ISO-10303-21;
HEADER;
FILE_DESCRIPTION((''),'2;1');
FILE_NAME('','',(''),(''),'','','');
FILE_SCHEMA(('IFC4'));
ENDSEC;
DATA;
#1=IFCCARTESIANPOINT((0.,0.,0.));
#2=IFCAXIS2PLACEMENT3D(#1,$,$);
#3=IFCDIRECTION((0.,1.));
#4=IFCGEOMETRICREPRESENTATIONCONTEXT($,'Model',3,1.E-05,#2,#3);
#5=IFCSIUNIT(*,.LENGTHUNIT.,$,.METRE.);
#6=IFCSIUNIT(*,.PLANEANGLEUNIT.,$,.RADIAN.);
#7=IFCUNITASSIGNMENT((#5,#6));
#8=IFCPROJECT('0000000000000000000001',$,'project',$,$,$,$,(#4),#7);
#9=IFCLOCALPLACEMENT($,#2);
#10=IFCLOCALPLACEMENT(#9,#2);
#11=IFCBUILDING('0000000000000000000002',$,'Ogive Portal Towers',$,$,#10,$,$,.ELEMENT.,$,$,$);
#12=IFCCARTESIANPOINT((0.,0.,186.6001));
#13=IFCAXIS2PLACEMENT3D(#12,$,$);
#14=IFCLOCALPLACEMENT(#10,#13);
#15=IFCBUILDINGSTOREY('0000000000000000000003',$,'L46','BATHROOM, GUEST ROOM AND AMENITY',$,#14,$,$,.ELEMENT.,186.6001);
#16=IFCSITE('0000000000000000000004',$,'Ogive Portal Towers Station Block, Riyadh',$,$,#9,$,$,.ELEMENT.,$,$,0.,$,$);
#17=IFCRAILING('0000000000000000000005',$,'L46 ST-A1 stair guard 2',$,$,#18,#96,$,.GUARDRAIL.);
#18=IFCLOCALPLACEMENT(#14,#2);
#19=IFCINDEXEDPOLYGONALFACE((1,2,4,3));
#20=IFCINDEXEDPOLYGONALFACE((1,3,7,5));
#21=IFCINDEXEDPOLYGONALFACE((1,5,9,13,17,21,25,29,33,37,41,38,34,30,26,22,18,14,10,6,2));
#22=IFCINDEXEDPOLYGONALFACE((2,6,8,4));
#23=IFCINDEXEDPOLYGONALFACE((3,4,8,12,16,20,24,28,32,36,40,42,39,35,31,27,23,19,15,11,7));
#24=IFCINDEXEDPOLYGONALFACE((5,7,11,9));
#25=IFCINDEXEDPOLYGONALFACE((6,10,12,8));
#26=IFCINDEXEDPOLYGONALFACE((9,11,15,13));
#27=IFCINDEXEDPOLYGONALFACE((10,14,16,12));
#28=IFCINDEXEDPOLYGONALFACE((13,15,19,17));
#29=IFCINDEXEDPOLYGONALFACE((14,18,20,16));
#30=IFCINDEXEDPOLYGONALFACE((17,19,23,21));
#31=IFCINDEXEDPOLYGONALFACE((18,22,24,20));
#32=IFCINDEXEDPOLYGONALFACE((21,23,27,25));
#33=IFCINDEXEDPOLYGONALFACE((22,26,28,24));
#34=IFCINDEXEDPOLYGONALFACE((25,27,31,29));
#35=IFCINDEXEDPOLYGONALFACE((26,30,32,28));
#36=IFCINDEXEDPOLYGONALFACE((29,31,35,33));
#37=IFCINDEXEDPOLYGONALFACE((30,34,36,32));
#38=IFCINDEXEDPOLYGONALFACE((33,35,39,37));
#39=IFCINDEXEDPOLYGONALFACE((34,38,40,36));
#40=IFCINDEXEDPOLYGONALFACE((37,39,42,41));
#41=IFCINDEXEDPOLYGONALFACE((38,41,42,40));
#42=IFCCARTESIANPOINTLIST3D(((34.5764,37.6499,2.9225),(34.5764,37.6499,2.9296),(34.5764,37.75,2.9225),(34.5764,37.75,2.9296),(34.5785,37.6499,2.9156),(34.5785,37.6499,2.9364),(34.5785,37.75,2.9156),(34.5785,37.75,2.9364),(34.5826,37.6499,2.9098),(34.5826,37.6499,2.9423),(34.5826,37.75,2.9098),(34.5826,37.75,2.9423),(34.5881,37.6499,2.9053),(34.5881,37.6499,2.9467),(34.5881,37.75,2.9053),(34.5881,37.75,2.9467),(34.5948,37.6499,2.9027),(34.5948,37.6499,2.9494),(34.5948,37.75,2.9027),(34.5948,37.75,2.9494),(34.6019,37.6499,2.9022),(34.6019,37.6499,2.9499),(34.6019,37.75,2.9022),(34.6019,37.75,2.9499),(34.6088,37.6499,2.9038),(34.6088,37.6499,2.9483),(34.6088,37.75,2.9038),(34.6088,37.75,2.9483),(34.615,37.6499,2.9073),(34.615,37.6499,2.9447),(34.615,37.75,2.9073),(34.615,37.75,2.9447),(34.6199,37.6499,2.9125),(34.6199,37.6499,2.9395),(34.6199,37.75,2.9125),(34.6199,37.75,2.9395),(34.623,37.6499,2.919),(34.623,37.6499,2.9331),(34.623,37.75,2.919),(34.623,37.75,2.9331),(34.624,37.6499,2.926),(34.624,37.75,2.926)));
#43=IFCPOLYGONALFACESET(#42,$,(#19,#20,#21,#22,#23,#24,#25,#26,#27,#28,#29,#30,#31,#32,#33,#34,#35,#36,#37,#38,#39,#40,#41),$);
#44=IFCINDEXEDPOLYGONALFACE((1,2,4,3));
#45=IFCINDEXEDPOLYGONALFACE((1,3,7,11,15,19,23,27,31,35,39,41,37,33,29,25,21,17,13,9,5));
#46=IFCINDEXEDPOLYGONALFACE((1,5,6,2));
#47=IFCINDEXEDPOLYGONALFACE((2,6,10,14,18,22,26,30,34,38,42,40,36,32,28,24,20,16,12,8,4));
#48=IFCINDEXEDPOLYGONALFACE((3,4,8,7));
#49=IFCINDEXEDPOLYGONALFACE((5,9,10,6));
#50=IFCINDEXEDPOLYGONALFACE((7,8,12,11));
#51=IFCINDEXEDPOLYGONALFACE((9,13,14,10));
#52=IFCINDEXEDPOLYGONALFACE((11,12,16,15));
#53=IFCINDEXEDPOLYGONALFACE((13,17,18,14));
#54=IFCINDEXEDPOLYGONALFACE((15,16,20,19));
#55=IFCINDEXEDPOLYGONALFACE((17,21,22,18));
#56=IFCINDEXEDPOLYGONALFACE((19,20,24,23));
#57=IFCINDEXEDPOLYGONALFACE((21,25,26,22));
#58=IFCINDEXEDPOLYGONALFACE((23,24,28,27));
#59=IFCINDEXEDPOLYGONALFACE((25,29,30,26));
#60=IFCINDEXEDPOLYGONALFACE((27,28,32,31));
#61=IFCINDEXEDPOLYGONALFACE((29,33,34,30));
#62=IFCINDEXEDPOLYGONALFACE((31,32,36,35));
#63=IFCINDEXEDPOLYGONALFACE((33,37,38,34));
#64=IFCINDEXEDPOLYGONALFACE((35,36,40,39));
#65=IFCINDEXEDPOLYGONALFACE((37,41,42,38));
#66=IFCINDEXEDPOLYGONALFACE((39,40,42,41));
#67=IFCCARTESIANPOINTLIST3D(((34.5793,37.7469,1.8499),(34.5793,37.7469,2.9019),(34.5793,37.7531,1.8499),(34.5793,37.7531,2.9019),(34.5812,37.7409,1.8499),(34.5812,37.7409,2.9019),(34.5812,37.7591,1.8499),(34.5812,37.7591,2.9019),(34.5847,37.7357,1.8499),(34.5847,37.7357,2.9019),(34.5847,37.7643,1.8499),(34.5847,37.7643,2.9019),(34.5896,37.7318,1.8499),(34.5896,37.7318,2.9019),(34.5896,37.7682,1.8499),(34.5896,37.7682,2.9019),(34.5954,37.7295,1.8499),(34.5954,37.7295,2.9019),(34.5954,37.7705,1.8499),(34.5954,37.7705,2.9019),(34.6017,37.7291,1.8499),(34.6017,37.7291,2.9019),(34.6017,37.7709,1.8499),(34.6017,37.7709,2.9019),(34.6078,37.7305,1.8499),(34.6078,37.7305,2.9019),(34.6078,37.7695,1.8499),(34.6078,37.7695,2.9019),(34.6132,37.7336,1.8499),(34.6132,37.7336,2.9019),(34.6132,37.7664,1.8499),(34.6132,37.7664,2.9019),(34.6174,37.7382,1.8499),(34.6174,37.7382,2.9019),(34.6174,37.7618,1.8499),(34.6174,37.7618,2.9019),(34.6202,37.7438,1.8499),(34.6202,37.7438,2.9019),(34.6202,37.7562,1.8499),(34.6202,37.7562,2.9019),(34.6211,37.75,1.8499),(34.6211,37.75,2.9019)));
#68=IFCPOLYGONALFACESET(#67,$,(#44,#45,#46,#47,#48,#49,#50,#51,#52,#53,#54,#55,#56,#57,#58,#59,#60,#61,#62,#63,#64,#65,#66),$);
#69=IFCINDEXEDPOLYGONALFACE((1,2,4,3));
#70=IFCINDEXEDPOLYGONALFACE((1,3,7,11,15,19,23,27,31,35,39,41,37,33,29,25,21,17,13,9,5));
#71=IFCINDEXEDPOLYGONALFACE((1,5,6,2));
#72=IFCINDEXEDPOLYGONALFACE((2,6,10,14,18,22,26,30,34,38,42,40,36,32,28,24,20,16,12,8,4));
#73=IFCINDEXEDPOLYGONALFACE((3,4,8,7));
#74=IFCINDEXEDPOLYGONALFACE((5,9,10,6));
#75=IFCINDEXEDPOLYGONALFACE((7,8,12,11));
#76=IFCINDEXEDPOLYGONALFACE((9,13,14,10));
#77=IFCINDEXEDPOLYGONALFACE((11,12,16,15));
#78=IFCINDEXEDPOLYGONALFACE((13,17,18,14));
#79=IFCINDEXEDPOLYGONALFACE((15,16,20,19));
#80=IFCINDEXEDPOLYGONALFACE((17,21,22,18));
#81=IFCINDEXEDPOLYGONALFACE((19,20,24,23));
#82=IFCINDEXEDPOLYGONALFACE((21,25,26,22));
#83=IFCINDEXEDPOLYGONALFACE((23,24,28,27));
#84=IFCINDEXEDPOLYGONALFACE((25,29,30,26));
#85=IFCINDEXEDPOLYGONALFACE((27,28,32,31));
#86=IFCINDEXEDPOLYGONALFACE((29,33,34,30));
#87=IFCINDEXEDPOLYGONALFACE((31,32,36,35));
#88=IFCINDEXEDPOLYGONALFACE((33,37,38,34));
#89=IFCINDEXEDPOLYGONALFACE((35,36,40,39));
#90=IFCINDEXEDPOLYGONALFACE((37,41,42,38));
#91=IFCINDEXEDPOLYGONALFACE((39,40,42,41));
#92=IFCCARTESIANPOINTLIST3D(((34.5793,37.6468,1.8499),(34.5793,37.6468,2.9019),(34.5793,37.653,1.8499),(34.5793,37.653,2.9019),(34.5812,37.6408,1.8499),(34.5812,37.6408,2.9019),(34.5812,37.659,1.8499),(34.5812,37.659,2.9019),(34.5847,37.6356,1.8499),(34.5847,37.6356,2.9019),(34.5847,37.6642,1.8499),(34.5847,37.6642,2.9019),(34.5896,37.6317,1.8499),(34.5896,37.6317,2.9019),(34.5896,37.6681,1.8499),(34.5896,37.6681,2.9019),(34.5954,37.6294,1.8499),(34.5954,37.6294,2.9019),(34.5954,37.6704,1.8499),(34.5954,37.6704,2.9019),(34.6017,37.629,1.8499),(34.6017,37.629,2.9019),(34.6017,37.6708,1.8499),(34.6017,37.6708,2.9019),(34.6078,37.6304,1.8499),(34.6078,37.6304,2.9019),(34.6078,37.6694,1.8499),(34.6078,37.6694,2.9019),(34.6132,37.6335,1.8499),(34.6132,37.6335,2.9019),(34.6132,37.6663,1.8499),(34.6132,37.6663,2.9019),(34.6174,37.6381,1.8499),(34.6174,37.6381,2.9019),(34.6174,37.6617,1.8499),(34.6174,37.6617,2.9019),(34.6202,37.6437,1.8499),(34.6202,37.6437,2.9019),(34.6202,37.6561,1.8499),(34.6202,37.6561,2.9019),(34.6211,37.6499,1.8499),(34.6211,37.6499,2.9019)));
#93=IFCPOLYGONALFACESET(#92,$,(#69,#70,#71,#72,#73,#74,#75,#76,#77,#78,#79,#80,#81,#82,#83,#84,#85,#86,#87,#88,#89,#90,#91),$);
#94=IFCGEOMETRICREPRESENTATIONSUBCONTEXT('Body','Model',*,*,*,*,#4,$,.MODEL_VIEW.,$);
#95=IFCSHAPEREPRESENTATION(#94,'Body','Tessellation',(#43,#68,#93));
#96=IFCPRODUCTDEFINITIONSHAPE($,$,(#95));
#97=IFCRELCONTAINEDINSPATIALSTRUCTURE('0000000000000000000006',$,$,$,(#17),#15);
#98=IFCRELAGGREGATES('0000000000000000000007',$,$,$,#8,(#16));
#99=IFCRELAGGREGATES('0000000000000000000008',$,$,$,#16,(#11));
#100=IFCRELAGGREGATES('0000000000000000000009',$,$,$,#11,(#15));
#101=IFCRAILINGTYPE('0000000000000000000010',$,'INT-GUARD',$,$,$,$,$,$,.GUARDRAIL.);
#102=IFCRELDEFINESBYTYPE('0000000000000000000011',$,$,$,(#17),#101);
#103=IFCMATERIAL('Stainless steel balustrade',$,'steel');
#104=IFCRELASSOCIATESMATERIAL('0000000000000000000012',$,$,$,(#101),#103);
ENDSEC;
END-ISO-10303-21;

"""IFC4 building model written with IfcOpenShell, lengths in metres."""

from ifc_helpers import new_model, si_unit, direction, frame, origin, origin_2d, place, context, subcontext, project, spatial, circle, extrude, material, type_object, element, save


model = new_model("IFC4")

# Units and contexts
model_context = context("Model", 3, precision=1e-05, world=origin(), true_north=direction((0.0, 1.0)))
body_context = subcontext(model_context, "Body", "Model", "MODEL_VIEW")
ifc_project = project(units=[si_unit("LENGTHUNIT", "METRE"), si_unit("PLANEANGLEUNIT", "RADIAN")], contexts=[model_context])

# Site, building, storey
site_placement = place(None, origin())
site = spatial("IfcSite", under=ifc_project, at=site_placement, Name="Ogive Portal Towers Station Block, Riyadh", CompositionType="ELEMENT", RefElevation=0.0)
building_placement = place(site_placement, origin())
building = spatial("IfcBuilding", under=site, at=building_placement, Name="Ogive Portal Towers", CompositionType="ELEMENT")
storey_placement = place(building_placement, frame((0.0, 0.0, 186.6001)))
storey = spatial("IfcBuildingStorey", under=building, at=storey_placement, Name="L46", Description="BATHROOM, GUEST ROOM AND AMENITY", CompositionType="ELEMENT", Elevation=186.6001)

# Railing
ifc_material_1 = material(Name="Stainless steel balustrade", Category="steel")
railing_type_1 = type_object("IfcRailingType", Name="INT-GUARD", PredefinedType="GUARDRAIL", material=ifc_material_1)
railing_1_placement = place(storey_placement, frame((34.6001, 37.75, 1.8499)))
element("IfcRailing", 1, at=railing_1_placement, inside=storey, type_object=railing_type_1, Name="L46 ST-A1 stair guard 2", PredefinedType="GUARDRAIL", context=body_context, shape_type="SweptSolid", body=[
    extrude(circle(Radius=0.0239, at=origin_2d()), frame((0.0, 0.0, 1.0762), z_axis=(0.0, -1.0, 0.0), x_axis=(1.0, 0.0, 0.0)), (0.0, 0.0, 1.0), 0.1001),
    extrude(circle(Radius=0.021, at=origin_2d()), origin(), (0.0, 0.0, 1.0), 1.052),
    extrude(circle(Radius=0.021, at=origin_2d()), frame((0.0, -0.1001, 0.0)), (0.0, 0.0, 1.0), 1.052),
])

save(model, "model.ifc")
